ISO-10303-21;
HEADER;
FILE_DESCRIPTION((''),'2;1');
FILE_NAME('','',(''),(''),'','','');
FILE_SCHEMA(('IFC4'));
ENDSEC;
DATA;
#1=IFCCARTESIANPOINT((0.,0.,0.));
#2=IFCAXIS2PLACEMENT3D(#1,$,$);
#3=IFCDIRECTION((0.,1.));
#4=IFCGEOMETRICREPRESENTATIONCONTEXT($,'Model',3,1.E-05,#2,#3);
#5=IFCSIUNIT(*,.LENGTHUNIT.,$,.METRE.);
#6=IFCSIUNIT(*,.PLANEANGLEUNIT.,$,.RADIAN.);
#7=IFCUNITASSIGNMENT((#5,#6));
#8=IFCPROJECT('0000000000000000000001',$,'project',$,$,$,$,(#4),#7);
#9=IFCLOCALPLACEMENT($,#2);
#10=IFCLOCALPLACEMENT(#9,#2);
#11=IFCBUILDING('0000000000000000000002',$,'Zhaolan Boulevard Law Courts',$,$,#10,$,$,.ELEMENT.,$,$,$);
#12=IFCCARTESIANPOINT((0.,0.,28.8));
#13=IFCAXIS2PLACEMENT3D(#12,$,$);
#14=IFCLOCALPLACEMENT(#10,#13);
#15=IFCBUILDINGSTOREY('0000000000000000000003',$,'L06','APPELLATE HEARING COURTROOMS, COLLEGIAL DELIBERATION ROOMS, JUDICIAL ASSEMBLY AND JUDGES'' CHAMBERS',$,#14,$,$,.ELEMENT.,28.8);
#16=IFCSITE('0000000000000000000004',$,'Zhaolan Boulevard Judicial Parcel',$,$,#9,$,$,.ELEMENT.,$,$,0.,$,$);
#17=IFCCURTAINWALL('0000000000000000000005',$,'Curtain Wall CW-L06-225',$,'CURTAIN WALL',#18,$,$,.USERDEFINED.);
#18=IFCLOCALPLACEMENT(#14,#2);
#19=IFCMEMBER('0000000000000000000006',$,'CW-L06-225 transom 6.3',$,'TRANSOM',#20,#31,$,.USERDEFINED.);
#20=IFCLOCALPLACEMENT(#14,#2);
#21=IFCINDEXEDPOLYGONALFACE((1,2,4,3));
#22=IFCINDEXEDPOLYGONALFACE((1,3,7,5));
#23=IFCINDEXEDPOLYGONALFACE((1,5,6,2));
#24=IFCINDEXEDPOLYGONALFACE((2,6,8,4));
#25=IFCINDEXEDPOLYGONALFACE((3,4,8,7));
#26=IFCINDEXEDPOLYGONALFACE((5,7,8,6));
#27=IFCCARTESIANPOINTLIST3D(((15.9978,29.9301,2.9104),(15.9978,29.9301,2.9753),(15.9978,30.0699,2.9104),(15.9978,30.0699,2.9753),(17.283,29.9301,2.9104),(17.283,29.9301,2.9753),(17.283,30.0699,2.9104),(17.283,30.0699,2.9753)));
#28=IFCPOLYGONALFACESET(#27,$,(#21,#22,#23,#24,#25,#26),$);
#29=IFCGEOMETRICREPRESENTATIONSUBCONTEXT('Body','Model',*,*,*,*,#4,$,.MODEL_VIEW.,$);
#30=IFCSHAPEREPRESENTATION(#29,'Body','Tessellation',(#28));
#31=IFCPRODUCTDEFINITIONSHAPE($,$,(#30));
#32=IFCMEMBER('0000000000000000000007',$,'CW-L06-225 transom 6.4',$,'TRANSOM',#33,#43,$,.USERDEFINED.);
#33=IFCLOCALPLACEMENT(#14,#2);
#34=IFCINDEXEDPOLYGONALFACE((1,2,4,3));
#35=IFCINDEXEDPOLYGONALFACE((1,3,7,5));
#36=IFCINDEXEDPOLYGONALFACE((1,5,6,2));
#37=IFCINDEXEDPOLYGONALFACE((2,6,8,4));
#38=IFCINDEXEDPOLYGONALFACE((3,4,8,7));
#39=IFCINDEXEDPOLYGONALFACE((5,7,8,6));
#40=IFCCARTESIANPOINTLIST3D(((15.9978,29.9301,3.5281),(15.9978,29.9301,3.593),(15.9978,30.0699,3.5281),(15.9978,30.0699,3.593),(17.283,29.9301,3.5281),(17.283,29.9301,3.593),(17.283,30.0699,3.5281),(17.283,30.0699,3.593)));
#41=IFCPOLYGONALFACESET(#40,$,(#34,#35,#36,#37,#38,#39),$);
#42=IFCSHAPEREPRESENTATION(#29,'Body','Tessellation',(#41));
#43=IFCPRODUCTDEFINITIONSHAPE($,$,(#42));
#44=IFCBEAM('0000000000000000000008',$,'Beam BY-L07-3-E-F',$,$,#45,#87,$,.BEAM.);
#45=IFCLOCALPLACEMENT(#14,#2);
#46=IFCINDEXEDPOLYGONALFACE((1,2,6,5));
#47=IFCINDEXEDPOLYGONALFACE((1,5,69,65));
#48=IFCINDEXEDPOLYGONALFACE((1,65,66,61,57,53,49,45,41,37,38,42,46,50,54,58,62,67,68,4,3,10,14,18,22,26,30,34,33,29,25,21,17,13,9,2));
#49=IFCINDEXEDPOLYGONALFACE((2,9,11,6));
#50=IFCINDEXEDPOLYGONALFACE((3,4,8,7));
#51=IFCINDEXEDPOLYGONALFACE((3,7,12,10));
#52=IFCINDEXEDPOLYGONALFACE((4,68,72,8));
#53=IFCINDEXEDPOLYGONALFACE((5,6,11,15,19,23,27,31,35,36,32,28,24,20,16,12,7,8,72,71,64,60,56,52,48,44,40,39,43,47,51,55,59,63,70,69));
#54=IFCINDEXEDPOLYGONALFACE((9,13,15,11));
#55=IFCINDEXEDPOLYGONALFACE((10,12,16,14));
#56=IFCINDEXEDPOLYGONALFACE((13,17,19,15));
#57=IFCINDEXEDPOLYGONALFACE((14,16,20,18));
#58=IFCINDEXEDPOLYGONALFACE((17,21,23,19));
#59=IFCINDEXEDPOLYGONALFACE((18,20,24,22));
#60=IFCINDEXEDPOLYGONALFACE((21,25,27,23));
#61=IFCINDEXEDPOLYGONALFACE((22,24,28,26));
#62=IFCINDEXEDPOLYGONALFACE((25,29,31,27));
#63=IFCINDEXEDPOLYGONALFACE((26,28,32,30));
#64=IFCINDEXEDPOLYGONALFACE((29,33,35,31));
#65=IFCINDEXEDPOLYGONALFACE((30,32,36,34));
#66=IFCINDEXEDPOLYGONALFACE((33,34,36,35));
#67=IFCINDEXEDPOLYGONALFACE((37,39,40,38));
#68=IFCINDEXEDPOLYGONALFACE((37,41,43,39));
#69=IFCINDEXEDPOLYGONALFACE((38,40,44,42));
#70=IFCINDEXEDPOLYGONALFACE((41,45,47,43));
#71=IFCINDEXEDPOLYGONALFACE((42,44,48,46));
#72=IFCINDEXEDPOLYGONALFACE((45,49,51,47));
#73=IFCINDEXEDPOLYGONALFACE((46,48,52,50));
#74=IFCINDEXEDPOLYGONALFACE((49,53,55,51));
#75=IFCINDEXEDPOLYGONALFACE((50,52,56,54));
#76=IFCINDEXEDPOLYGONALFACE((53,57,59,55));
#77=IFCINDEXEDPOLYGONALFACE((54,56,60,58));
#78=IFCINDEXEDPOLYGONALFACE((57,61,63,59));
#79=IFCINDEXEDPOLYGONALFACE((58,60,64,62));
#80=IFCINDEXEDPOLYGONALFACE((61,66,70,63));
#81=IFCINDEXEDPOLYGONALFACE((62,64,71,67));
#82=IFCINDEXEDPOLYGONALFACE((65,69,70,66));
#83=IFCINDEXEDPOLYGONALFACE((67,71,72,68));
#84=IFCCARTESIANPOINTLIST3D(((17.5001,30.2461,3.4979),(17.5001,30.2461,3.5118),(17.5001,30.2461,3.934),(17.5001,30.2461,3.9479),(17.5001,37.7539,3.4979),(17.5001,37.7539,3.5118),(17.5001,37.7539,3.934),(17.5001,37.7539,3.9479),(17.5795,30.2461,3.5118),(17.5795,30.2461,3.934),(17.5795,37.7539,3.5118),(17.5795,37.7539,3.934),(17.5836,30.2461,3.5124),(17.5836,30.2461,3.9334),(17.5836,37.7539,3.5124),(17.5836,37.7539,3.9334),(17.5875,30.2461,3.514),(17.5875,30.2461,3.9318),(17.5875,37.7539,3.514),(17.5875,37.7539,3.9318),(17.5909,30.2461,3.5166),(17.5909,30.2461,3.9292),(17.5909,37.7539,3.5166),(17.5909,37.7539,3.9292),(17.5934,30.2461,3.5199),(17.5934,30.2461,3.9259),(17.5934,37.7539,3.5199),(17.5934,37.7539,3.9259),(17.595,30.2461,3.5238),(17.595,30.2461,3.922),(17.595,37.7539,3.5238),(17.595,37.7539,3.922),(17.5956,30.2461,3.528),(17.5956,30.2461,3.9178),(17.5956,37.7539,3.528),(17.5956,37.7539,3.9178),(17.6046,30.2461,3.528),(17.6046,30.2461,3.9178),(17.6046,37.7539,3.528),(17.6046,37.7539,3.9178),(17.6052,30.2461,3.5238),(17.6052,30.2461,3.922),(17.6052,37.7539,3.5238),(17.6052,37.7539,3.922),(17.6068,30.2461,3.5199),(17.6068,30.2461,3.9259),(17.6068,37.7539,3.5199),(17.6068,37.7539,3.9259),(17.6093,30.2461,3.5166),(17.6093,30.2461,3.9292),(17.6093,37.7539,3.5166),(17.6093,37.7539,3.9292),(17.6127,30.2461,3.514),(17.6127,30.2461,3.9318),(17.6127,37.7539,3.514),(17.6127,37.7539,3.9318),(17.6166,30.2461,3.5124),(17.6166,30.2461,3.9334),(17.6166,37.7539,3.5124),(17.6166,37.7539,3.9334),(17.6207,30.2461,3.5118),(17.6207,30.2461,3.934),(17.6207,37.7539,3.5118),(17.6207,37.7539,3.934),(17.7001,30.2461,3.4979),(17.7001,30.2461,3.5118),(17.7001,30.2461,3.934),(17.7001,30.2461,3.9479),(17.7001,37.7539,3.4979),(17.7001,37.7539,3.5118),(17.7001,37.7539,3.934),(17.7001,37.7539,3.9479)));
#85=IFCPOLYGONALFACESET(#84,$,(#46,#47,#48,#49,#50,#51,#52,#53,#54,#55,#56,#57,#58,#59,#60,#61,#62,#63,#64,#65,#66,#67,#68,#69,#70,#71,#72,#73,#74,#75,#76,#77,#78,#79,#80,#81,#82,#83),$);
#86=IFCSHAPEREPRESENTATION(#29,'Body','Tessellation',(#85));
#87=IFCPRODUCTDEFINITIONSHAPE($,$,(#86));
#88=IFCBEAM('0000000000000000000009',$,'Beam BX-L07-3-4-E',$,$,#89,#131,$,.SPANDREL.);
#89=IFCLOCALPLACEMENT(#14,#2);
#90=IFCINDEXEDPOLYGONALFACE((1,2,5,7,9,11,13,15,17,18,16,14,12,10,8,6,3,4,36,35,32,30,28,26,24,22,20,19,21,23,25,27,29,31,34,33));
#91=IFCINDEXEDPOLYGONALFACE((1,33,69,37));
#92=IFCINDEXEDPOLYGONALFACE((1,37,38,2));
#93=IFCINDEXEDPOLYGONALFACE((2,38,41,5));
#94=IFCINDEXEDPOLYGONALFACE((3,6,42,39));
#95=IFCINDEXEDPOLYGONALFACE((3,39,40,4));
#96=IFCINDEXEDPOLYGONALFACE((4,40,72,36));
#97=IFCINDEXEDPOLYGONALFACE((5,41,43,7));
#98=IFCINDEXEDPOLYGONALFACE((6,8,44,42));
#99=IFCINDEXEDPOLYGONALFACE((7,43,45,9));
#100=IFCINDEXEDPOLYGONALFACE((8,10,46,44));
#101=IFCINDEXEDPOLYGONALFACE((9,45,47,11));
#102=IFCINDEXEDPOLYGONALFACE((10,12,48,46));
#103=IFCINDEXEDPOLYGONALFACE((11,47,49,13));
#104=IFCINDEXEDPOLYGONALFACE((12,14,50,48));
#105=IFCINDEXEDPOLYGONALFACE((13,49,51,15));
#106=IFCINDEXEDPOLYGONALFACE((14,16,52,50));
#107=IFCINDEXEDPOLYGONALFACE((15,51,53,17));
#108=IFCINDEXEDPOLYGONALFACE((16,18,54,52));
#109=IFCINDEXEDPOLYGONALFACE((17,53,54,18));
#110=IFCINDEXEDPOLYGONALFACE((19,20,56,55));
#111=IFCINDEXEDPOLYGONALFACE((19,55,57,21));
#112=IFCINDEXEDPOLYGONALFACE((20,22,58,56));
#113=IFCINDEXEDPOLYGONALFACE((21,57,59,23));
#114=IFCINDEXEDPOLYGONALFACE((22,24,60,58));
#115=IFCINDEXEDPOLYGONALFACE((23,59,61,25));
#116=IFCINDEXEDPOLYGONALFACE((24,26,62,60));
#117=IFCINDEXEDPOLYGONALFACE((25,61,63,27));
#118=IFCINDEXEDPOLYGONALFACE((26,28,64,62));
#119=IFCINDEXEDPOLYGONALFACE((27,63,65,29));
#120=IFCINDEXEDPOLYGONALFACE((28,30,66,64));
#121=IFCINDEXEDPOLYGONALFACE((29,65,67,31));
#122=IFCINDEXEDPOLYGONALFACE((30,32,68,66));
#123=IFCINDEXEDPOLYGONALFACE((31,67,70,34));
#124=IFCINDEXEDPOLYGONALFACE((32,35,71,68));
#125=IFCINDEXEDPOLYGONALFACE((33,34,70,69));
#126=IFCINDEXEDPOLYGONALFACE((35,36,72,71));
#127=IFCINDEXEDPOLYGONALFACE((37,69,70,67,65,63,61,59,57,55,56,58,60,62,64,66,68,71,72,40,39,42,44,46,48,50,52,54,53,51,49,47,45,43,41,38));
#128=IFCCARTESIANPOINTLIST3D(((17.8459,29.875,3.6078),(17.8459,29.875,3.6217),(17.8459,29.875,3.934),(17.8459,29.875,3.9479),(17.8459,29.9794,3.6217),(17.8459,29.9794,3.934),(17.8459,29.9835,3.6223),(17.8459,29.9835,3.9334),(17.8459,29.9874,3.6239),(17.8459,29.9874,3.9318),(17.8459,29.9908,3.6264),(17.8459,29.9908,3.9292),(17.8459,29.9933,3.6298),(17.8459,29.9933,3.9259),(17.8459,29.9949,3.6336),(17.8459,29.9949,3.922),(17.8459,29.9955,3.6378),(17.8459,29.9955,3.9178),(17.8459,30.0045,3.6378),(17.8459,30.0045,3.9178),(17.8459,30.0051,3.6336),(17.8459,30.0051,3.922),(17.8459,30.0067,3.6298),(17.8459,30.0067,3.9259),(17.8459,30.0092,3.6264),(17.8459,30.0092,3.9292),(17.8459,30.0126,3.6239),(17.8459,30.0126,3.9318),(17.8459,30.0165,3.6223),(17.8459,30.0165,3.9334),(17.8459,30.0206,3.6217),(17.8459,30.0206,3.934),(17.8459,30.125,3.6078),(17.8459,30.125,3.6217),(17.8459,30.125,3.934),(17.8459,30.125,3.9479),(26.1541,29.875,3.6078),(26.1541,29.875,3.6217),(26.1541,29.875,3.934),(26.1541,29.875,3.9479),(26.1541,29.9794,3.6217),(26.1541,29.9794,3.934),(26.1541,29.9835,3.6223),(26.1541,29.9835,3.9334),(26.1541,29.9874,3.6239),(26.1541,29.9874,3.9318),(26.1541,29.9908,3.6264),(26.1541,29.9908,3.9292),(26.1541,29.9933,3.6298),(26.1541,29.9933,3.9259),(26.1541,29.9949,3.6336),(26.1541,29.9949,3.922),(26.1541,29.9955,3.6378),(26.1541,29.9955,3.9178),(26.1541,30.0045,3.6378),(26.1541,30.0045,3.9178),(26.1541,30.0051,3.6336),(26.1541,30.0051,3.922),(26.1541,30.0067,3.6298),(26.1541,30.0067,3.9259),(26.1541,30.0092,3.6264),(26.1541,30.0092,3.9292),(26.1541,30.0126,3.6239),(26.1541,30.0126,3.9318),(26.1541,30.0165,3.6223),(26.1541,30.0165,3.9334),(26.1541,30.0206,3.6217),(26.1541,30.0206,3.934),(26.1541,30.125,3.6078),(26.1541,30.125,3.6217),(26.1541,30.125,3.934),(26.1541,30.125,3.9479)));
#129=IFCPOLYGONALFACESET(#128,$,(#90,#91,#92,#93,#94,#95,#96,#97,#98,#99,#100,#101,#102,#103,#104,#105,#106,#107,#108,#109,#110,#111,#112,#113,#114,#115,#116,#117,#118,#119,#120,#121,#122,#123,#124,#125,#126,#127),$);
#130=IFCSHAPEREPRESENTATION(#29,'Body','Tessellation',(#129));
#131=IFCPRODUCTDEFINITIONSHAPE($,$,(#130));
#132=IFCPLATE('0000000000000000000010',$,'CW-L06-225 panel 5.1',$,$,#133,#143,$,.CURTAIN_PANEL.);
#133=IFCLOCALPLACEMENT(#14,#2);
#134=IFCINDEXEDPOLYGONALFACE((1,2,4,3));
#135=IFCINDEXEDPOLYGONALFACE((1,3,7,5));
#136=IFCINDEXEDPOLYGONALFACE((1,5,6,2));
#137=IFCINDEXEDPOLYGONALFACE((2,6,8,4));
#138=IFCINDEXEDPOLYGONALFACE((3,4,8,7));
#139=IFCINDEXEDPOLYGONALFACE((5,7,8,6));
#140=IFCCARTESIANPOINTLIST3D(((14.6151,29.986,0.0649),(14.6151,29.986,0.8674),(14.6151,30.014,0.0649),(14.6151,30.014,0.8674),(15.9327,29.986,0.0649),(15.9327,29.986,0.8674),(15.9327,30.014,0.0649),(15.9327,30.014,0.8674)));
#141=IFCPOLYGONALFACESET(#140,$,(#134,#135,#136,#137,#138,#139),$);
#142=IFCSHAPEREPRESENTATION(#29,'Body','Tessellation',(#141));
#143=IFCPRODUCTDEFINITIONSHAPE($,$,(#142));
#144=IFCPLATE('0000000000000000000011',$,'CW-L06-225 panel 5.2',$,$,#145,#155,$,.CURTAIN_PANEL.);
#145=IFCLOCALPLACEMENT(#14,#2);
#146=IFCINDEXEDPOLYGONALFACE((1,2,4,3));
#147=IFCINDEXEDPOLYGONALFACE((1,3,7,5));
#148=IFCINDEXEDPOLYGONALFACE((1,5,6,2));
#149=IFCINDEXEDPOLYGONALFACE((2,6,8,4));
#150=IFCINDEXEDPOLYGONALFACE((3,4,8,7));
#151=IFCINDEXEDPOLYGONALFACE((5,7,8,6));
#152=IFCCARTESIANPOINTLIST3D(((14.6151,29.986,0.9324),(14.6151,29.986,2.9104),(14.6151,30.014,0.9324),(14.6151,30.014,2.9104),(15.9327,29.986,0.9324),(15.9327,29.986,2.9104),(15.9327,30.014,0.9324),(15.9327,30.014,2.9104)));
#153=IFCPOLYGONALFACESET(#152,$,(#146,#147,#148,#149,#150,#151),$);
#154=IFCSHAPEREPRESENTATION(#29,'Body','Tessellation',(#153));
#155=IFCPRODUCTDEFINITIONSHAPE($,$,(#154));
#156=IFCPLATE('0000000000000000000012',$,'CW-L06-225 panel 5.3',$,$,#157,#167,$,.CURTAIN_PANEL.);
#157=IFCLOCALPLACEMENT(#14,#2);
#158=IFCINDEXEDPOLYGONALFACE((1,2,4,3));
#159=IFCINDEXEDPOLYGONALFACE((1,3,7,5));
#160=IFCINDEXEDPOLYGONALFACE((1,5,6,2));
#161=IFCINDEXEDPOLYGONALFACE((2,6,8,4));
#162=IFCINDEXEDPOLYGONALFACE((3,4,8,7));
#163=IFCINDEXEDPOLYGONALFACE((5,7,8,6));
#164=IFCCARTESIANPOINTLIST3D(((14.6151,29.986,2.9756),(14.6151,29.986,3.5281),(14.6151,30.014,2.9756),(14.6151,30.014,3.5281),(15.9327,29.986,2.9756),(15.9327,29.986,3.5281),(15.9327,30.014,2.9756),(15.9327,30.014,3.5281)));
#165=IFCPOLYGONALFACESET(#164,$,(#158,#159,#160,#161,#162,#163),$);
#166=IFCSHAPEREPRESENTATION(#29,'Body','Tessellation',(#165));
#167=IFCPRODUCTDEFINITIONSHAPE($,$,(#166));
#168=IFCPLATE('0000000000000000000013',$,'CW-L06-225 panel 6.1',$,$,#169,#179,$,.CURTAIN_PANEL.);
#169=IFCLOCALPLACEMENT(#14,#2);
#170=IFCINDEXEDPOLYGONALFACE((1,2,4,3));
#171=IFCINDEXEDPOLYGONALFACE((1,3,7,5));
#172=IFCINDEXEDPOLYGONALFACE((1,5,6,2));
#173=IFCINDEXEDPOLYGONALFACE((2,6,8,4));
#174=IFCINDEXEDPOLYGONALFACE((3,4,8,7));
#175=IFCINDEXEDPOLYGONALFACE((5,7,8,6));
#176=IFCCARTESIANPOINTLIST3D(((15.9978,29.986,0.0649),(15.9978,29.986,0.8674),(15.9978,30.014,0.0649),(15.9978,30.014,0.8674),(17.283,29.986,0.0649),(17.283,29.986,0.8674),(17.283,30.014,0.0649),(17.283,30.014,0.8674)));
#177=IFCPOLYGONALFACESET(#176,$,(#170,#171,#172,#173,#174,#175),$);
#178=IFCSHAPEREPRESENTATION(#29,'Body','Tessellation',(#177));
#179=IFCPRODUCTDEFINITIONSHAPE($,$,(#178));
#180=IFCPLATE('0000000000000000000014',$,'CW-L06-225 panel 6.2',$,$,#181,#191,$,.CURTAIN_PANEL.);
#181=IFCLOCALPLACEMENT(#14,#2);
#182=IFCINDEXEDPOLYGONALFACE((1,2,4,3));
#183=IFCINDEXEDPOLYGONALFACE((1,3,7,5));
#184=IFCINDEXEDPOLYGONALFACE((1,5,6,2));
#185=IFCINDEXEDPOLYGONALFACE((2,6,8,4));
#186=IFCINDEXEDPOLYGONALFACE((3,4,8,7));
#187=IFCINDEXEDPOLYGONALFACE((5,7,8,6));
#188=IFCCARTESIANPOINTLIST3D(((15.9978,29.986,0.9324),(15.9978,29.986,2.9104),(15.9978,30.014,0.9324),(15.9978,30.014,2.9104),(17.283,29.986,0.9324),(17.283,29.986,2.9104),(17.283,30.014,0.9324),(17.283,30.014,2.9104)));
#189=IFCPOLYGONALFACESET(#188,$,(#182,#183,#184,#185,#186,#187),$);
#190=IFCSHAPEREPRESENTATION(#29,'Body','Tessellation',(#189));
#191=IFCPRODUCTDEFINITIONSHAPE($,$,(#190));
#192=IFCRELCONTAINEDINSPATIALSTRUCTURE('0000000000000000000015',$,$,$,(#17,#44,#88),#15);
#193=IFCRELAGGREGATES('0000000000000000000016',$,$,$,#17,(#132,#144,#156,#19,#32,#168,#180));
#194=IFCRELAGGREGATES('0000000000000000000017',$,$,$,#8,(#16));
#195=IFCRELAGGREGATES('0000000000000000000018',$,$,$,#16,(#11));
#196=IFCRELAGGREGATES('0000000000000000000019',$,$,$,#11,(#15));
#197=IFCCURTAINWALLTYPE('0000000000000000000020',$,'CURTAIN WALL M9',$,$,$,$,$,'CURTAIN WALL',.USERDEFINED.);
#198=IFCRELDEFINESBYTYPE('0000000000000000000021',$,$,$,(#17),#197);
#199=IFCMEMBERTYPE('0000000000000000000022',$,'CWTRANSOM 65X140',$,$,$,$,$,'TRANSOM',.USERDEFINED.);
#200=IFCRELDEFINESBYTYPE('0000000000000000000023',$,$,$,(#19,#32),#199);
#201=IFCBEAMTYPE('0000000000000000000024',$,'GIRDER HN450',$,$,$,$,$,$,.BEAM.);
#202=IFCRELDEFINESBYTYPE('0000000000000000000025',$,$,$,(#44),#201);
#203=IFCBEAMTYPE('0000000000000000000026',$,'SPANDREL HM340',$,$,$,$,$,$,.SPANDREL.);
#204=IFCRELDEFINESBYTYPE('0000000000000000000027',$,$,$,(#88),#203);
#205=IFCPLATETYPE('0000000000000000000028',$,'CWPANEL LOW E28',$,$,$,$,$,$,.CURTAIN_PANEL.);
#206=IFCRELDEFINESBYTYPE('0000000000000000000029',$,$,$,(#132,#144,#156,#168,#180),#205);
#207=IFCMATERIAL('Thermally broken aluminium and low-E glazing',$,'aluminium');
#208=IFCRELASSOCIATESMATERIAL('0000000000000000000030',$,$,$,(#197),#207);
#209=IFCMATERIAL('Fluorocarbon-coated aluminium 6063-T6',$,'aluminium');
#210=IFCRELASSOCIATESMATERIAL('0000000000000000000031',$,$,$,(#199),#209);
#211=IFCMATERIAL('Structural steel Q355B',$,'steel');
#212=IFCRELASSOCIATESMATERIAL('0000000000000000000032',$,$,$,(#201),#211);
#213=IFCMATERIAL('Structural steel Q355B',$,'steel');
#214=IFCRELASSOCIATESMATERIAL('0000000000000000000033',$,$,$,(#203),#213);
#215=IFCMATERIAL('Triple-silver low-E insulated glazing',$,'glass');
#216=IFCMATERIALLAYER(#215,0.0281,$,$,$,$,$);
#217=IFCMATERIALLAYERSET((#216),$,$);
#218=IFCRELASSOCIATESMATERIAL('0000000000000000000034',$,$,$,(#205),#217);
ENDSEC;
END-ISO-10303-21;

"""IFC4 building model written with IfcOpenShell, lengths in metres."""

from ifc_helpers import new_model, si_unit, direction, frame, origin, origin_2d, place, context, subcontext, project, spatial, rectangle, i_section, extrude, material, layer, layer_set, material_profile, profile_set, type_object, element, aggregate, save


model = new_model("IFC4")

# Units and contexts
model_context = context("Model", 3, precision=1e-05, world=origin(), true_north=direction((0.0, 1.0)))
body_context = subcontext(model_context, "Body", "Model", "MODEL_VIEW")
ifc_project = project(units=[si_unit("LENGTHUNIT", "METRE"), si_unit("PLANEANGLEUNIT", "RADIAN")], contexts=[model_context])

# Site, building, storey
site_placement = place(None, origin())
site = spatial("IfcSite", under=ifc_project, at=site_placement, Name="Zhaolan Boulevard Judicial Parcel", CompositionType="ELEMENT", RefElevation=0.0)
building_placement = place(site_placement, origin())
building = spatial("IfcBuilding", under=site, at=building_placement, Name="Zhaolan Boulevard Law Courts", CompositionType="ELEMENT")
storey_placement = place(building_placement, frame((0.0, 0.0, 28.8)))
storey = spatial("IfcBuildingStorey", under=building, at=storey_placement, Name="L06", Description="APPELLATE HEARING COURTROOMS, COLLEGIAL DELIBERATION ROOMS, JUDICIAL ASSEMBLY AND JUDGES' CHAMBERS", CompositionType="ELEMENT", Elevation=28.8)

# Curtain wall
ifc_material_1 = material(Name="Thermally broken aluminium and low-E glazing", Category="aluminium")
curtain_wall_type_1 = type_object("IfcCurtainWallType", Name="CURTAIN WALL M9", ElementType="CURTAIN WALL", PredefinedType="USERDEFINED", material=ifc_material_1)
curtain_wall_1_placement = place(storey_placement, origin())
curtain_wall_1 = element("IfcCurtainWall", 1, at=curtain_wall_1_placement, inside=storey, type_object=curtain_wall_type_1, Name="Curtain Wall CW-L06-225", ObjectType="CURTAIN WALL", PredefinedType="USERDEFINED")

# Members
ifc_material_2 = material(Name="Fluorocarbon-coated aluminium 6063-T6", Category="aluminium")
ifc_material_profile_1 = material_profile(ifc_material_2, rectangle(XDim=0.1399, YDim=0.0649, at=origin_2d()), Name="AL65x140")
ifc_profile_set_1 = profile_set([ifc_material_profile_1], Name="Fluorocarbon-coated aluminium 6063-T6")
member_type_1 = type_object("IfcMemberType", Name="CWTRANSOM 65X140", ElementType="TRANSOM", PredefinedType="USERDEFINED", material=ifc_profile_set_1)
member_1_placement = place(storey_placement, frame((15.9978, 30.0, 2.9429), z_axis=(1.0, 0.0, 0.0), x_axis=(0.0, 1.0, 0.0)))
member_1 = element("IfcMember", 2, at=member_1_placement, type_object=member_type_1, Name="CW-L06-225 transom 6.3", ObjectType="TRANSOM", PredefinedType="USERDEFINED", context=body_context, shape_type="SweptSolid", body=[
    extrude(rectangle(XDim=0.1399, YDim=0.0649, at=origin_2d()), origin(), (0.0, 0.0, 1.0), 1.2852),
])
member_2_placement = place(storey_placement, frame((15.9978, 30.0, 3.5605), z_axis=(1.0, 0.0, 0.0), x_axis=(0.0, 1.0, 0.0)))
member_2 = element("IfcMember", 3, at=member_2_placement, type_object=member_type_1, Name="CW-L06-225 transom 6.4", ObjectType="TRANSOM", PredefinedType="USERDEFINED", context=body_context, shape_type="SweptSolid", body=[
    extrude(rectangle(XDim=0.1399, YDim=0.0649, at=origin_2d()), origin(), (0.0, 0.0, 1.0), 1.2852),
])

# Beams
ifc_material_3 = material(Name="Structural steel Q355B", Category="steel")
ifc_material_profile_2 = material_profile(ifc_material_3, i_section(OverallWidth=0.2, OverallDepth=0.45, WebThickness=0.009, FlangeThickness=0.0139, FilletRadius=0.0161, at=origin_2d()), Name="HN450x200")
ifc_profile_set_2 = profile_set([ifc_material_profile_2], Name="Structural steel Q355B")
beam_type_1 = type_object("IfcBeamType", Name="GIRDER HN450", PredefinedType="BEAM", material=ifc_profile_set_2)
beam_1_placement = place(storey_placement, frame((17.6001, 30.2461, 3.7229), z_axis=(0.0, 1.0, 0.0), x_axis=(-1.0, 0.0, 0.0)))
element("IfcBeam", 4, at=beam_1_placement, inside=storey, type_object=beam_type_1, Name="Beam BY-L07-3-E-F", PredefinedType="BEAM", context=body_context, shape_type="SweptSolid", body=[
    extrude(i_section(OverallWidth=0.2, OverallDepth=0.45, WebThickness=0.009, FlangeThickness=0.0139, FilletRadius=0.0161, at=origin_2d()), origin(), (0.0, 0.0, 1.0), 7.5078),
])
ifc_material_4 = material(Name="Structural steel Q355B", Category="steel")
ifc_material_profile_3 = material_profile(ifc_material_4, i_section(OverallWidth=0.25, OverallDepth=0.3401, WebThickness=0.009, FlangeThickness=0.0139, FilletRadius=0.0161, at=origin_2d()), Name="HM340x250")
ifc_profile_set_3 = profile_set([ifc_material_profile_3], Name="Structural steel Q355B")
beam_type_2 = type_object("IfcBeamType", Name="SPANDREL HM340", PredefinedType="SPANDREL", material=ifc_profile_set_3)
beam_2_placement = place(storey_placement, frame((17.8459, 30.0, 3.7778), z_axis=(1.0, 0.0, 0.0), x_axis=(0.0, 1.0, 0.0)))
element("IfcBeam", 5, at=beam_2_placement, inside=storey, type_object=beam_type_2, Name="Beam BX-L07-3-4-E", PredefinedType="SPANDREL", context=body_context, shape_type="SweptSolid", body=[
    extrude(i_section(OverallWidth=0.25, OverallDepth=0.3401, WebThickness=0.009, FlangeThickness=0.0139, FilletRadius=0.0161, at=origin_2d()), origin(), (0.0, 0.0, 1.0), 8.3081),
])

# Plates
ifc_material_5 = material(Name="Triple-silver low-E insulated glazing", Category="glass")
ifc_layer_1 = layer(ifc_material_5, 0.0281)
ifc_layer_set_1 = layer_set([ifc_layer_1])
plate_type_1 = type_object("IfcPlateType", Name="CWPANEL LOW E28", PredefinedType="CURTAIN_PANEL", material=ifc_layer_set_1)
plate_1_placement = place(storey_placement, frame((15.2739, 30.0, 0.0649), z_axis=(0.0, 0.0, 1.0), x_axis=(1.0, 0.0, 0.0)))
plate_1 = element("IfcPlate", 6, at=plate_1_placement, type_object=plate_type_1, Name="CW-L06-225 panel 5.1", PredefinedType="CURTAIN_PANEL", context=body_context, shape_type="SweptSolid", body=[
    extrude(rectangle(XDim=1.3176, YDim=0.0281, at=origin_2d()), origin(), (0.0, 0.0, 1.0), 0.8025),
])
plate_2_placement = place(storey_placement, frame((15.2739, 30.0, 0.9324), z_axis=(0.0, 0.0, 1.0), x_axis=(1.0, 0.0, 0.0)))
plate_2 = element("IfcPlate", 7, at=plate_2_placement, type_object=plate_type_1, Name="CW-L06-225 panel 5.2", PredefinedType="CURTAIN_PANEL", context=body_context, shape_type="SweptSolid", body=[
    extrude(rectangle(XDim=1.3176, YDim=0.0281, at=origin_2d()), origin(), (0.0, 0.0, 1.0), 1.978),
])
plate_3_placement = place(storey_placement, frame((15.2739, 30.0, 2.9756), z_axis=(0.0, 0.0, 1.0), x_axis=(1.0, 0.0, 0.0)))
plate_3 = element("IfcPlate", 8, at=plate_3_placement, type_object=plate_type_1, Name="CW-L06-225 panel 5.3", PredefinedType="CURTAIN_PANEL", context=body_context, shape_type="SweptSolid", body=[
    extrude(rectangle(XDim=1.3176, YDim=0.0281, at=origin_2d()), origin(), (0.0, 0.0, 1.0), 0.5525),
])
plate_4_placement = place(storey_placement, frame((16.6404, 30.0, 0.0649), z_axis=(0.0, 0.0, 1.0), x_axis=(1.0, 0.0, 0.0)))
plate_4 = element("IfcPlate", 9, at=plate_4_placement, type_object=plate_type_1, Name="CW-L06-225 panel 6.1", PredefinedType="CURTAIN_PANEL", context=body_context, shape_type="SweptSolid", body=[
    extrude(rectangle(XDim=1.2852, YDim=0.0281, at=origin_2d()), origin(), (0.0, 0.0, 1.0), 0.8025),
])
plate_5_placement = place(storey_placement, frame((16.6404, 30.0, 0.9324), z_axis=(0.0, 0.0, 1.0), x_axis=(1.0, 0.0, 0.0)))
plate_5 = element("IfcPlate", 10, at=plate_5_placement, type_object=plate_type_1, Name="CW-L06-225 panel 6.2", PredefinedType="CURTAIN_PANEL", context=body_context, shape_type="SweptSolid", body=[
    extrude(rectangle(XDim=1.2852, YDim=0.0281, at=origin_2d()), origin(), (0.0, 0.0, 1.0), 1.978),
])
aggregate(curtain_wall_1, [plate_1, plate_2, plate_3, member_1, member_2, plate_4, plate_5])

save(model, "model.ifc")
